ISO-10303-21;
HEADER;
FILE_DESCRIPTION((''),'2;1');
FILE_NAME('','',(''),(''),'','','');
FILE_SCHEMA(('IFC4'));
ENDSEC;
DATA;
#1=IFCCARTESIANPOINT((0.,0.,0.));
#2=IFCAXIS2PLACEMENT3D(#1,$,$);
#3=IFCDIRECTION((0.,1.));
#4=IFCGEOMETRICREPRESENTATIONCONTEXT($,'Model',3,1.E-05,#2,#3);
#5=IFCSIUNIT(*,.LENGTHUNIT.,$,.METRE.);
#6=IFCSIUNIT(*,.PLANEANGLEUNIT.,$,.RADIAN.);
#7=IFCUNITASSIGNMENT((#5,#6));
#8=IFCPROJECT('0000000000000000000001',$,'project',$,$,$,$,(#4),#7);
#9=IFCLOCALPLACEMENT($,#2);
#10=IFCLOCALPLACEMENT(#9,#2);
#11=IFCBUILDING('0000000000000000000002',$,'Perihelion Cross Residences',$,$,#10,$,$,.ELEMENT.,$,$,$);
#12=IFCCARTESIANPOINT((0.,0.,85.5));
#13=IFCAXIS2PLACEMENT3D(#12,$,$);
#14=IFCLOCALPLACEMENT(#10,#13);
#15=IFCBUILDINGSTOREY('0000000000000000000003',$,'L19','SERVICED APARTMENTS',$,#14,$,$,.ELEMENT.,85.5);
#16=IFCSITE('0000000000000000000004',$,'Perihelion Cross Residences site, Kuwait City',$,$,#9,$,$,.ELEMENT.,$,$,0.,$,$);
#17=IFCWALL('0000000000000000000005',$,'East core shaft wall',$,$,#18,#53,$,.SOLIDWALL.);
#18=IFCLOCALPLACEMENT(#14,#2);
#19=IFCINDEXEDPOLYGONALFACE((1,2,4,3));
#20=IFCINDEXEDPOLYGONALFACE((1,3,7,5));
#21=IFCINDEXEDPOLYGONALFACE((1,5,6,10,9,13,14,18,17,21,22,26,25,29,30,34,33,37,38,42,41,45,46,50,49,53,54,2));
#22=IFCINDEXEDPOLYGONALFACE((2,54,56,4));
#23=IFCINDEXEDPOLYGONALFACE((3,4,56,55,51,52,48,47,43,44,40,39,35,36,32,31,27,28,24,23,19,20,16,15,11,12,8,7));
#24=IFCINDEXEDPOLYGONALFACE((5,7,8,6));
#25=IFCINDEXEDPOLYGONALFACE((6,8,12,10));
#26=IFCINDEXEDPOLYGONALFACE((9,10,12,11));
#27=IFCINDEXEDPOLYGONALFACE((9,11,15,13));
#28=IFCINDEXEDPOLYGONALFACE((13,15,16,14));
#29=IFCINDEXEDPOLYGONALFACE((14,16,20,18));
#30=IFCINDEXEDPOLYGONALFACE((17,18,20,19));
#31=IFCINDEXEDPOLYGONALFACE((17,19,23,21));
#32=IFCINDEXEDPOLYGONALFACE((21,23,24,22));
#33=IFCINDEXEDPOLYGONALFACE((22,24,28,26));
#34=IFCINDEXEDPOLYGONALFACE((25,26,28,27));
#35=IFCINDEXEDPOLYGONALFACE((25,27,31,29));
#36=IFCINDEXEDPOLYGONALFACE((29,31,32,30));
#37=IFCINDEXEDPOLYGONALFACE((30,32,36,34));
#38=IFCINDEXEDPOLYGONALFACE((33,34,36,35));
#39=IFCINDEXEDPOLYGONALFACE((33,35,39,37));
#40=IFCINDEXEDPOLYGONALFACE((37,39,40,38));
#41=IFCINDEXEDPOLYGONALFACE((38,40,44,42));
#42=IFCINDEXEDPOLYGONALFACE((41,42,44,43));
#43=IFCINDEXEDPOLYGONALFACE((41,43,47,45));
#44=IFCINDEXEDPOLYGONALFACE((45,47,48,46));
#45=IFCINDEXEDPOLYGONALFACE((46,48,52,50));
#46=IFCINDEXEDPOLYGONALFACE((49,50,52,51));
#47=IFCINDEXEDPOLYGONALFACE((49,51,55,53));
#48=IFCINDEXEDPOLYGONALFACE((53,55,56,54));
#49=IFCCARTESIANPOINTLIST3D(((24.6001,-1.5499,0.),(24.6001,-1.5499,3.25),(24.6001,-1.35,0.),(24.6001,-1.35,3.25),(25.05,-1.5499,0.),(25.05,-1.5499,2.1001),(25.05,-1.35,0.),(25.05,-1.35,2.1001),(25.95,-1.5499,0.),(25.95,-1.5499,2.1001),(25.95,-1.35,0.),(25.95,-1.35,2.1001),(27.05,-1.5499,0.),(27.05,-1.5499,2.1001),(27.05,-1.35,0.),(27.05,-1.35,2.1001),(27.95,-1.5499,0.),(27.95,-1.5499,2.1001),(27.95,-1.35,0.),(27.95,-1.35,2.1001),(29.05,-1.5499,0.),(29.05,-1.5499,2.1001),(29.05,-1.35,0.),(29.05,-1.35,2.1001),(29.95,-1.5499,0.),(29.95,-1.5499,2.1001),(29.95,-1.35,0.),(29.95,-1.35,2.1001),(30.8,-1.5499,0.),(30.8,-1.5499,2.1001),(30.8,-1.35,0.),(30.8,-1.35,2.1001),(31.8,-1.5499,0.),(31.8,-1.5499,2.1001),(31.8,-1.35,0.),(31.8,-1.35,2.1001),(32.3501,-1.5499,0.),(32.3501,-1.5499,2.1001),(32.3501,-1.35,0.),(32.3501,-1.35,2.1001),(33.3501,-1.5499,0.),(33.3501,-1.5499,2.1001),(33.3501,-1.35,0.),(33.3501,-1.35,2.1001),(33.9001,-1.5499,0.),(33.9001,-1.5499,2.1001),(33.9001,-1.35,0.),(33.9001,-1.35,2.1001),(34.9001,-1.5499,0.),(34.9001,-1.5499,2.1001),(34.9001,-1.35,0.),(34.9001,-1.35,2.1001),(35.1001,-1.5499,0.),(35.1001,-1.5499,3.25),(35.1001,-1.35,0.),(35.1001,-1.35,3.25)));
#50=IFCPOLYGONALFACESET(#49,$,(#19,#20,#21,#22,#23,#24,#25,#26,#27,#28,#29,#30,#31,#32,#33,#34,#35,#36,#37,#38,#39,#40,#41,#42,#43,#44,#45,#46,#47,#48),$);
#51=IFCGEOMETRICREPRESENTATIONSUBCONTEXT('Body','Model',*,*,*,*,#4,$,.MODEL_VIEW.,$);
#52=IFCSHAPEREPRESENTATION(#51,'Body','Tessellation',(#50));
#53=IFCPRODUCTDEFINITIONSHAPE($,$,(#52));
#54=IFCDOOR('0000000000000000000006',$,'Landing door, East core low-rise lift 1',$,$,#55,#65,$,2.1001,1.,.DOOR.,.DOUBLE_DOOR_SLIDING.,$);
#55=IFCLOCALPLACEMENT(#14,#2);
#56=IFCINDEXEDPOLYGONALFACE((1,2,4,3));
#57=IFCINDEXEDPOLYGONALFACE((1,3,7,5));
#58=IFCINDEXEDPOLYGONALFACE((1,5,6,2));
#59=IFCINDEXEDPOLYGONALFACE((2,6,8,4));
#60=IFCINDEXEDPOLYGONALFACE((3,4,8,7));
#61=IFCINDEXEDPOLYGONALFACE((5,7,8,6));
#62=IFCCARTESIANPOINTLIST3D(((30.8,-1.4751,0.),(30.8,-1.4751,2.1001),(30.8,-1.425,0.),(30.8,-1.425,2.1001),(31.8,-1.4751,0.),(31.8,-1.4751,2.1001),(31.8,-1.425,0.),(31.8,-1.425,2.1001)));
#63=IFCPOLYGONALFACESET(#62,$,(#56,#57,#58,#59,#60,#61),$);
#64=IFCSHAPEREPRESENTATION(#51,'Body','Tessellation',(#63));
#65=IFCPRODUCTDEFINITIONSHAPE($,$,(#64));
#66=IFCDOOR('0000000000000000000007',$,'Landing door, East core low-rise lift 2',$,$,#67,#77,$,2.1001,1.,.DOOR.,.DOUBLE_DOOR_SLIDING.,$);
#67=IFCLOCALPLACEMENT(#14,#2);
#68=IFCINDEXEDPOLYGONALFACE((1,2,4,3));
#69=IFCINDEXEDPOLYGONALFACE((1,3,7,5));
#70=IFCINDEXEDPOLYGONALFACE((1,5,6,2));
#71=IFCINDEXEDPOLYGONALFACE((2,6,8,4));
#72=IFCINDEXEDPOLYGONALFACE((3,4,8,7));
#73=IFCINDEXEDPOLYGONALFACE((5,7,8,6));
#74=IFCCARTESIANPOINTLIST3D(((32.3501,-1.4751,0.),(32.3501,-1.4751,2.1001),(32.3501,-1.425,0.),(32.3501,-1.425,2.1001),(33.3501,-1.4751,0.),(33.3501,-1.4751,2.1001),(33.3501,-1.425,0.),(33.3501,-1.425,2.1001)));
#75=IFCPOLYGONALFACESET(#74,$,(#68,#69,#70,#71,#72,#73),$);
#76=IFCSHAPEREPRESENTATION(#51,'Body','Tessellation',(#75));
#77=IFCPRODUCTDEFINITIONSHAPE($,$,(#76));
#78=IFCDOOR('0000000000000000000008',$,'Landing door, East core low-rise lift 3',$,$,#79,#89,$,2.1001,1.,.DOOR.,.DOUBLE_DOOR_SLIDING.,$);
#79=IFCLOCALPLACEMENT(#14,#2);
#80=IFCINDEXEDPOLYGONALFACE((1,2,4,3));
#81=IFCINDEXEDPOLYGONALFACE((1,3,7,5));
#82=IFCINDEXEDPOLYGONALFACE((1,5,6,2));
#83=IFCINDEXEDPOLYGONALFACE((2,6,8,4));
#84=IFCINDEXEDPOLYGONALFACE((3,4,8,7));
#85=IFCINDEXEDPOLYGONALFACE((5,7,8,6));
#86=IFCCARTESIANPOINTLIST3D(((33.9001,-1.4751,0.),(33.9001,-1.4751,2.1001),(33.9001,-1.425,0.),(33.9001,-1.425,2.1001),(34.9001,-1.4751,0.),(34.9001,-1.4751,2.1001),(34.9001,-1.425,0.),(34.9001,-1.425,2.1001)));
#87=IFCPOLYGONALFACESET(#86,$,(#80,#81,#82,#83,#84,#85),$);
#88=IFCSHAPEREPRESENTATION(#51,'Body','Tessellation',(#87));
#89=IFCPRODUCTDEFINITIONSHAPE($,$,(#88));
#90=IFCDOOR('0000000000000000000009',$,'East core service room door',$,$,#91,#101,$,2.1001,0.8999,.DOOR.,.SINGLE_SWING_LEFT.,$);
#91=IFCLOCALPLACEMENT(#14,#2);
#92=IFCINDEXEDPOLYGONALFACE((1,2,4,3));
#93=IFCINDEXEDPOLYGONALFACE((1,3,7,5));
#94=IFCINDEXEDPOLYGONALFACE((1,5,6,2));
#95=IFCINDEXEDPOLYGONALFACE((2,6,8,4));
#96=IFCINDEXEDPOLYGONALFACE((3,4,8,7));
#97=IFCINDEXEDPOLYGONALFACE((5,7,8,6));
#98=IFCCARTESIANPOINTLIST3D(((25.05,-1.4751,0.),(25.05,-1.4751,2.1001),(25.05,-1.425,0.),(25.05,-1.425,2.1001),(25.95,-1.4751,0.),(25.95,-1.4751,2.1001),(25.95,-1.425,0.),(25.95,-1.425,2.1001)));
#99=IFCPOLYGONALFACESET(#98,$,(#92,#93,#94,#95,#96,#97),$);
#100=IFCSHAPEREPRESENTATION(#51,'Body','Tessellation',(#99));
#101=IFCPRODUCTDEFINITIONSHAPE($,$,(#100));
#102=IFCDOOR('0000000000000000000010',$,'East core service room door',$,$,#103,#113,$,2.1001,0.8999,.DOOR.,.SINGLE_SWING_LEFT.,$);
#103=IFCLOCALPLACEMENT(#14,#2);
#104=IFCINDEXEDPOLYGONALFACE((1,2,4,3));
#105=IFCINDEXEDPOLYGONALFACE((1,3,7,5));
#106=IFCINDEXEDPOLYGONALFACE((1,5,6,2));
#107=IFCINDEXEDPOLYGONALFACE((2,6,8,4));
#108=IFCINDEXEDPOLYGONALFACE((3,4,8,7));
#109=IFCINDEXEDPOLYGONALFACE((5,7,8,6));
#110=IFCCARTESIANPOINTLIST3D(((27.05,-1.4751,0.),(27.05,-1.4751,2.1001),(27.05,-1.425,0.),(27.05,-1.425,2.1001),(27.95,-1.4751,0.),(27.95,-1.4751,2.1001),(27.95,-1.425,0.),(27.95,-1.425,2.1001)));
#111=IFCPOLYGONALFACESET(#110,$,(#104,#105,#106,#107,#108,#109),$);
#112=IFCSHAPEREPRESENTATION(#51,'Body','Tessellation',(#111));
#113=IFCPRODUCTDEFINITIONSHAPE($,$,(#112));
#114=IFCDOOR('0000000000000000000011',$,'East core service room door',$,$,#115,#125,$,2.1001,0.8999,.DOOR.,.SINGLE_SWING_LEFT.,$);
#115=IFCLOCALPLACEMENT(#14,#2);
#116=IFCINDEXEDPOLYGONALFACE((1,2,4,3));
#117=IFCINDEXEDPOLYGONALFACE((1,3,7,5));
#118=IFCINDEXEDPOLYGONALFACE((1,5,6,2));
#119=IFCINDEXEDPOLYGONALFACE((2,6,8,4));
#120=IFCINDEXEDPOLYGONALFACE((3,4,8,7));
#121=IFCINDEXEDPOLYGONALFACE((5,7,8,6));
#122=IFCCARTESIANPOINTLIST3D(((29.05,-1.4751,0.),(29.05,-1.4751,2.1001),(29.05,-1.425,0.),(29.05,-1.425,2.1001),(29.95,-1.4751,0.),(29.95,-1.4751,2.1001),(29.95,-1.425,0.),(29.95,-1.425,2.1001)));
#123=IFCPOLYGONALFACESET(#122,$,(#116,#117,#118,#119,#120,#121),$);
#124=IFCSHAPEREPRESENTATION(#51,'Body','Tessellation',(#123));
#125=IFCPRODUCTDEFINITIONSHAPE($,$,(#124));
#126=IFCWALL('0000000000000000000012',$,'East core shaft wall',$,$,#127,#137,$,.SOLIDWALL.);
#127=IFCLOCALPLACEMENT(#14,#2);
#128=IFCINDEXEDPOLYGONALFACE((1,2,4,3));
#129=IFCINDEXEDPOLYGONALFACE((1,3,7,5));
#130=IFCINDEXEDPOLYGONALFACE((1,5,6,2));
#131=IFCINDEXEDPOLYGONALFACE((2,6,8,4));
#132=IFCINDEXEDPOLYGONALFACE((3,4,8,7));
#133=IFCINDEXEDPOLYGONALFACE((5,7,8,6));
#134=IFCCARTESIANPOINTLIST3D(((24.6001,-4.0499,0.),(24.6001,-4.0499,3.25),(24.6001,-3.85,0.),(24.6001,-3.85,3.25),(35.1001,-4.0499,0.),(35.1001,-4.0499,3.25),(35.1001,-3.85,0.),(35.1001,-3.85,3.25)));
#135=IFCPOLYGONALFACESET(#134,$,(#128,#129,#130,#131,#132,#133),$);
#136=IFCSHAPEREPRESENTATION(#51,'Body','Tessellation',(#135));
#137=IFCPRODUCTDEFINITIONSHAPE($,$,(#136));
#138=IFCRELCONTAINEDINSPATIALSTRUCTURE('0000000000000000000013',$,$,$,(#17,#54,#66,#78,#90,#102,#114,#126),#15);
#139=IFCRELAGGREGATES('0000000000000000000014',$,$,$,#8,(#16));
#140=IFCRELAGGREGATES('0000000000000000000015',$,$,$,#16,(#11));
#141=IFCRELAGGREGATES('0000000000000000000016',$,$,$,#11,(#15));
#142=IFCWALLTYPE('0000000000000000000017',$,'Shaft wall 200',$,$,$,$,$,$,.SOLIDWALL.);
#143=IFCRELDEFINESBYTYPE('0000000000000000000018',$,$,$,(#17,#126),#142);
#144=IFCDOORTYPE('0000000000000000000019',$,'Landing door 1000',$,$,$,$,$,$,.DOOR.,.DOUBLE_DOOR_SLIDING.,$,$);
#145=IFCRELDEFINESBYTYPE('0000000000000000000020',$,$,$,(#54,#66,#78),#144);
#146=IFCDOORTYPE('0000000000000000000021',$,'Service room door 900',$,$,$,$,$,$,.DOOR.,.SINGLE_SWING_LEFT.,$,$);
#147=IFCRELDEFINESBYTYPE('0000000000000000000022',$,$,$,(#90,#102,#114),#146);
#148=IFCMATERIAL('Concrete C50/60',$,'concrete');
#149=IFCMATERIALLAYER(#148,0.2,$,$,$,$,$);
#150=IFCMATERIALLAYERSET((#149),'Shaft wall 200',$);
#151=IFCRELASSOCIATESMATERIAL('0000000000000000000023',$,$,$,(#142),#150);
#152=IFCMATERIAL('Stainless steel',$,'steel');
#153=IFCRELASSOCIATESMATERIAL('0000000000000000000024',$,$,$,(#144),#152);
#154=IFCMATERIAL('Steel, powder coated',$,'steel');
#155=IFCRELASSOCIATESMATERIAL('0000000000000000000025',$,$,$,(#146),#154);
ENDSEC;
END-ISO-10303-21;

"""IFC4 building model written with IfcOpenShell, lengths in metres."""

from ifc_helpers import new_model, si_unit, direction, frame, frame_2d, origin, place, context, subcontext, project, spatial, rectangle, extrude, material, layer, layer_set, type_object, element, fill, save


model = new_model("IFC4")

# Units and contexts
model_context = context("Model", 3, precision=1e-05, world=origin(), true_north=direction((0.0, 1.0)))
body_context = subcontext(model_context, "Body", "Model", "MODEL_VIEW")
ifc_project = project(units=[si_unit("LENGTHUNIT", "METRE"), si_unit("PLANEANGLEUNIT", "RADIAN")], contexts=[model_context])

# Site, building, storey
site_placement = place(None, origin())
site = spatial("IfcSite", under=ifc_project, at=site_placement, Name="Perihelion Cross Residences site, Kuwait City", CompositionType="ELEMENT", RefElevation=0.0)
building_placement = place(site_placement, origin())
building = spatial("IfcBuilding", under=site, at=building_placement, Name="Perihelion Cross Residences", CompositionType="ELEMENT")
storey_placement = place(building_placement, frame((0.0, 0.0, 85.5)))
storey = spatial("IfcBuildingStorey", under=building, at=storey_placement, Name="L19", Description="SERVICED APARTMENTS", CompositionType="ELEMENT", Elevation=85.5)

# Wall, openings, doors
ifc_material_1 = material(Name="Concrete C50/60", Category="concrete")
ifc_layer_1 = layer(ifc_material_1, 0.2)
ifc_layer_set_1 = layer_set([ifc_layer_1], Name="Shaft wall 200")
wall_type_1 = type_object("IfcWallType", Name="Shaft wall 200", PredefinedType="SOLIDWALL", material=ifc_layer_set_1)
wall_1_placement = place(storey_placement, frame((24.6001, -1.45, 0.0), z_axis=(0.0, 0.0, 1.0), x_axis=(1.0, 0.0, 0.0)))
wall_1 = element("IfcWall", 1, at=wall_1_placement, inside=storey, type_object=wall_type_1, Name="East core shaft wall", PredefinedType="SOLIDWALL", context=body_context, shape_type="SweptSolid", body=[
    extrude(rectangle(XDim=10.5, YDim=0.2, at=frame_2d((5.25, 0.0))), origin(), (0.0, 0.0, 1.0), 3.25),
])
opening_1_placement = place(wall_1_placement, frame((6.2, 0.0, 0.0)))
opening_1 = element("IfcOpeningElement", 2, at=opening_1_placement, cuts=wall_1, PredefinedType="OPENING", context=body_context, shape_type="SweptSolid", body=[
    extrude(rectangle(XDim=1.0, YDim=2.1001, at=frame_2d((0.5, 1.05))), frame((0.0, 0.1099, 0.0), z_axis=(0.0, -1.0, 0.0), x_axis=(1.0, 0.0, 0.0)), (0.0, 0.0, 1.0), 0.22),
])
opening_2_placement = place(wall_1_placement, frame((7.75, 0.0, 0.0)))
opening_2 = element("IfcOpeningElement", 3, at=opening_2_placement, cuts=wall_1, PredefinedType="OPENING", context=body_context, shape_type="SweptSolid", body=[
    extrude(rectangle(XDim=1.0, YDim=2.1001, at=frame_2d((0.5, 1.05))), frame((0.0, 0.1099, 0.0), z_axis=(0.0, -1.0, 0.0), x_axis=(1.0, 0.0, 0.0)), (0.0, 0.0, 1.0), 0.22),
])
opening_3_placement = place(wall_1_placement, frame((9.3, 0.0, 0.0)))
opening_3 = element("IfcOpeningElement", 4, at=opening_3_placement, cuts=wall_1, PredefinedType="OPENING", context=body_context, shape_type="SweptSolid", body=[
    extrude(rectangle(XDim=1.0, YDim=2.1001, at=frame_2d((0.5, 1.05))), frame((0.0, 0.1099, 0.0), z_axis=(0.0, -1.0, 0.0), x_axis=(1.0, 0.0, 0.0)), (0.0, 0.0, 1.0), 0.22),
])
opening_4_placement = place(wall_1_placement, frame((0.45, 0.0, 0.0)))
opening_4 = element("IfcOpeningElement", 5, at=opening_4_placement, cuts=wall_1, PredefinedType="OPENING", context=body_context, shape_type="SweptSolid", body=[
    extrude(rectangle(XDim=0.8999, YDim=2.1001, at=frame_2d((0.45, 1.05))), frame((0.0, 0.1099, 0.0), z_axis=(0.0, -1.0, 0.0), x_axis=(1.0, 0.0, 0.0)), (0.0, 0.0, 1.0), 0.22),
])
opening_5_placement = place(wall_1_placement, frame((2.45, 0.0, 0.0)))
opening_5 = element("IfcOpeningElement", 6, at=opening_5_placement, cuts=wall_1, PredefinedType="OPENING", context=body_context, shape_type="SweptSolid", body=[
    extrude(rectangle(XDim=0.8999, YDim=2.1001, at=frame_2d((0.45, 1.05))), frame((0.0, 0.1099, 0.0), z_axis=(0.0, -1.0, 0.0), x_axis=(1.0, 0.0, 0.0)), (0.0, 0.0, 1.0), 0.22),
])
opening_6_placement = place(wall_1_placement, frame((4.45, 0.0, 0.0)))
opening_6 = element("IfcOpeningElement", 7, at=opening_6_placement, cuts=wall_1, PredefinedType="OPENING", context=body_context, shape_type="SweptSolid", body=[
    extrude(rectangle(XDim=0.8999, YDim=2.1001, at=frame_2d((0.45, 1.05))), frame((0.0, 0.1099, 0.0), z_axis=(0.0, -1.0, 0.0), x_axis=(1.0, 0.0, 0.0)), (0.0, 0.0, 1.0), 0.22),
])
ifc_material_2 = material(Name="Stainless steel", Category="steel")
door_type_1 = type_object("IfcDoorType", Name="Landing door 1000", OperationType="DOUBLE_DOOR_SLIDING", PredefinedType="DOOR", material=ifc_material_2)
door_1_placement = place(opening_1_placement, origin())
door_1 = element("IfcDoor", 8, at=door_1_placement, inside=storey, type_object=door_type_1, Name="Landing door, East core low-rise lift 1", OperationType="DOUBLE_DOOR_SLIDING", OverallHeight=2.1001, OverallWidth=1.0, PredefinedType="DOOR", context=body_context, shape_type="SweptSolid", body=[
    extrude(rectangle(XDim=1.0, YDim=2.1001, at=frame_2d((0.5, 1.05))), frame((0.0, 0.0249, 0.0), z_axis=(0.0, -1.0, 0.0), x_axis=(1.0, 0.0, 0.0)), (0.0, 0.0, 1.0), 0.05),
])
fill(opening_1, door_1)
door_2_placement = place(opening_2_placement, origin())
door_2 = element("IfcDoor", 9, at=door_2_placement, inside=storey, type_object=door_type_1, Name="Landing door, East core low-rise lift 2", OperationType="DOUBLE_DOOR_SLIDING", OverallHeight=2.1001, OverallWidth=1.0, PredefinedType="DOOR", context=body_context, shape_type="SweptSolid", body=[
    extrude(rectangle(XDim=1.0, YDim=2.1001, at=frame_2d((0.5, 1.05))), frame((0.0, 0.0249, 0.0), z_axis=(0.0, -1.0, 0.0), x_axis=(1.0, 0.0, 0.0)), (0.0, 0.0, 1.0), 0.05),
])
fill(opening_2, door_2)
door_3_placement = place(opening_3_placement, origin())
door_3 = element("IfcDoor", 10, at=door_3_placement, inside=storey, type_object=door_type_1, Name="Landing door, East core low-rise lift 3", OperationType="DOUBLE_DOOR_SLIDING", OverallHeight=2.1001, OverallWidth=1.0, PredefinedType="DOOR", context=body_context, shape_type="SweptSolid", body=[
    extrude(rectangle(XDim=1.0, YDim=2.1001, at=frame_2d((0.5, 1.05))), frame((0.0, 0.0249, 0.0), z_axis=(0.0, -1.0, 0.0), x_axis=(1.0, 0.0, 0.0)), (0.0, 0.0, 1.0), 0.05),
])
fill(opening_3, door_3)
ifc_material_3 = material(Name="Steel, powder coated", Category="steel")
door_type_2 = type_object("IfcDoorType", Name="Service room door 900", OperationType="SINGLE_SWING_LEFT", PredefinedType="DOOR", material=ifc_material_3)
door_4_placement = place(opening_4_placement, origin())
door_4 = element("IfcDoor", 11, at=door_4_placement, inside=storey, type_object=door_type_2, Name="East core service room door", OperationType="SINGLE_SWING_LEFT", OverallHeight=2.1001, OverallWidth=0.8999, PredefinedType="DOOR", context=body_context, shape_type="SweptSolid", body=[
    extrude(rectangle(XDim=0.8999, YDim=2.1001, at=frame_2d((0.45, 1.05))), frame((0.0, 0.0249, 0.0), z_axis=(0.0, -1.0, 0.0), x_axis=(1.0, 0.0, 0.0)), (0.0, 0.0, 1.0), 0.05),
])
fill(opening_4, door_4)
door_5_placement = place(opening_5_placement, origin())
door_5 = element("IfcDoor", 12, at=door_5_placement, inside=storey, type_object=door_type_2, Name="East core service room door", OperationType="SINGLE_SWING_LEFT", OverallHeight=2.1001, OverallWidth=0.8999, PredefinedType="DOOR", context=body_context, shape_type="SweptSolid", body=[
    extrude(rectangle(XDim=0.8999, YDim=2.1001, at=frame_2d((0.45, 1.05))), frame((0.0, 0.0249, 0.0), z_axis=(0.0, -1.0, 0.0), x_axis=(1.0, 0.0, 0.0)), (0.0, 0.0, 1.0), 0.05),
])
fill(opening_5, door_5)
door_6_placement = place(opening_6_placement, origin())
door_6 = element("IfcDoor", 13, at=door_6_placement, inside=storey, type_object=door_type_2, Name="East core service room door", OperationType="SINGLE_SWING_LEFT", OverallHeight=2.1001, OverallWidth=0.8999, PredefinedType="DOOR", context=body_context, shape_type="SweptSolid", body=[
    extrude(rectangle(XDim=0.8999, YDim=2.1001, at=frame_2d((0.45, 1.05))), frame((0.0, 0.0249, 0.0), z_axis=(0.0, -1.0, 0.0), x_axis=(1.0, 0.0, 0.0)), (0.0, 0.0, 1.0), 0.05),
])
fill(opening_6, door_6)

# Wall
wall_2_placement = place(storey_placement, frame((24.6001, -3.95, 0.0), z_axis=(0.0, 0.0, 1.0), x_axis=(1.0, 0.0, 0.0)))
element("IfcWall", 14, at=wall_2_placement, inside=storey, type_object=wall_type_1, Name="East core shaft wall", PredefinedType="SOLIDWALL", context=body_context, shape_type="SweptSolid", body=[
    extrude(rectangle(XDim=10.5, YDim=0.2, at=frame_2d((5.25, 0.0))), origin(), (0.0, 0.0, 1.0), 3.25),
])

save(model, "model.ifc")
